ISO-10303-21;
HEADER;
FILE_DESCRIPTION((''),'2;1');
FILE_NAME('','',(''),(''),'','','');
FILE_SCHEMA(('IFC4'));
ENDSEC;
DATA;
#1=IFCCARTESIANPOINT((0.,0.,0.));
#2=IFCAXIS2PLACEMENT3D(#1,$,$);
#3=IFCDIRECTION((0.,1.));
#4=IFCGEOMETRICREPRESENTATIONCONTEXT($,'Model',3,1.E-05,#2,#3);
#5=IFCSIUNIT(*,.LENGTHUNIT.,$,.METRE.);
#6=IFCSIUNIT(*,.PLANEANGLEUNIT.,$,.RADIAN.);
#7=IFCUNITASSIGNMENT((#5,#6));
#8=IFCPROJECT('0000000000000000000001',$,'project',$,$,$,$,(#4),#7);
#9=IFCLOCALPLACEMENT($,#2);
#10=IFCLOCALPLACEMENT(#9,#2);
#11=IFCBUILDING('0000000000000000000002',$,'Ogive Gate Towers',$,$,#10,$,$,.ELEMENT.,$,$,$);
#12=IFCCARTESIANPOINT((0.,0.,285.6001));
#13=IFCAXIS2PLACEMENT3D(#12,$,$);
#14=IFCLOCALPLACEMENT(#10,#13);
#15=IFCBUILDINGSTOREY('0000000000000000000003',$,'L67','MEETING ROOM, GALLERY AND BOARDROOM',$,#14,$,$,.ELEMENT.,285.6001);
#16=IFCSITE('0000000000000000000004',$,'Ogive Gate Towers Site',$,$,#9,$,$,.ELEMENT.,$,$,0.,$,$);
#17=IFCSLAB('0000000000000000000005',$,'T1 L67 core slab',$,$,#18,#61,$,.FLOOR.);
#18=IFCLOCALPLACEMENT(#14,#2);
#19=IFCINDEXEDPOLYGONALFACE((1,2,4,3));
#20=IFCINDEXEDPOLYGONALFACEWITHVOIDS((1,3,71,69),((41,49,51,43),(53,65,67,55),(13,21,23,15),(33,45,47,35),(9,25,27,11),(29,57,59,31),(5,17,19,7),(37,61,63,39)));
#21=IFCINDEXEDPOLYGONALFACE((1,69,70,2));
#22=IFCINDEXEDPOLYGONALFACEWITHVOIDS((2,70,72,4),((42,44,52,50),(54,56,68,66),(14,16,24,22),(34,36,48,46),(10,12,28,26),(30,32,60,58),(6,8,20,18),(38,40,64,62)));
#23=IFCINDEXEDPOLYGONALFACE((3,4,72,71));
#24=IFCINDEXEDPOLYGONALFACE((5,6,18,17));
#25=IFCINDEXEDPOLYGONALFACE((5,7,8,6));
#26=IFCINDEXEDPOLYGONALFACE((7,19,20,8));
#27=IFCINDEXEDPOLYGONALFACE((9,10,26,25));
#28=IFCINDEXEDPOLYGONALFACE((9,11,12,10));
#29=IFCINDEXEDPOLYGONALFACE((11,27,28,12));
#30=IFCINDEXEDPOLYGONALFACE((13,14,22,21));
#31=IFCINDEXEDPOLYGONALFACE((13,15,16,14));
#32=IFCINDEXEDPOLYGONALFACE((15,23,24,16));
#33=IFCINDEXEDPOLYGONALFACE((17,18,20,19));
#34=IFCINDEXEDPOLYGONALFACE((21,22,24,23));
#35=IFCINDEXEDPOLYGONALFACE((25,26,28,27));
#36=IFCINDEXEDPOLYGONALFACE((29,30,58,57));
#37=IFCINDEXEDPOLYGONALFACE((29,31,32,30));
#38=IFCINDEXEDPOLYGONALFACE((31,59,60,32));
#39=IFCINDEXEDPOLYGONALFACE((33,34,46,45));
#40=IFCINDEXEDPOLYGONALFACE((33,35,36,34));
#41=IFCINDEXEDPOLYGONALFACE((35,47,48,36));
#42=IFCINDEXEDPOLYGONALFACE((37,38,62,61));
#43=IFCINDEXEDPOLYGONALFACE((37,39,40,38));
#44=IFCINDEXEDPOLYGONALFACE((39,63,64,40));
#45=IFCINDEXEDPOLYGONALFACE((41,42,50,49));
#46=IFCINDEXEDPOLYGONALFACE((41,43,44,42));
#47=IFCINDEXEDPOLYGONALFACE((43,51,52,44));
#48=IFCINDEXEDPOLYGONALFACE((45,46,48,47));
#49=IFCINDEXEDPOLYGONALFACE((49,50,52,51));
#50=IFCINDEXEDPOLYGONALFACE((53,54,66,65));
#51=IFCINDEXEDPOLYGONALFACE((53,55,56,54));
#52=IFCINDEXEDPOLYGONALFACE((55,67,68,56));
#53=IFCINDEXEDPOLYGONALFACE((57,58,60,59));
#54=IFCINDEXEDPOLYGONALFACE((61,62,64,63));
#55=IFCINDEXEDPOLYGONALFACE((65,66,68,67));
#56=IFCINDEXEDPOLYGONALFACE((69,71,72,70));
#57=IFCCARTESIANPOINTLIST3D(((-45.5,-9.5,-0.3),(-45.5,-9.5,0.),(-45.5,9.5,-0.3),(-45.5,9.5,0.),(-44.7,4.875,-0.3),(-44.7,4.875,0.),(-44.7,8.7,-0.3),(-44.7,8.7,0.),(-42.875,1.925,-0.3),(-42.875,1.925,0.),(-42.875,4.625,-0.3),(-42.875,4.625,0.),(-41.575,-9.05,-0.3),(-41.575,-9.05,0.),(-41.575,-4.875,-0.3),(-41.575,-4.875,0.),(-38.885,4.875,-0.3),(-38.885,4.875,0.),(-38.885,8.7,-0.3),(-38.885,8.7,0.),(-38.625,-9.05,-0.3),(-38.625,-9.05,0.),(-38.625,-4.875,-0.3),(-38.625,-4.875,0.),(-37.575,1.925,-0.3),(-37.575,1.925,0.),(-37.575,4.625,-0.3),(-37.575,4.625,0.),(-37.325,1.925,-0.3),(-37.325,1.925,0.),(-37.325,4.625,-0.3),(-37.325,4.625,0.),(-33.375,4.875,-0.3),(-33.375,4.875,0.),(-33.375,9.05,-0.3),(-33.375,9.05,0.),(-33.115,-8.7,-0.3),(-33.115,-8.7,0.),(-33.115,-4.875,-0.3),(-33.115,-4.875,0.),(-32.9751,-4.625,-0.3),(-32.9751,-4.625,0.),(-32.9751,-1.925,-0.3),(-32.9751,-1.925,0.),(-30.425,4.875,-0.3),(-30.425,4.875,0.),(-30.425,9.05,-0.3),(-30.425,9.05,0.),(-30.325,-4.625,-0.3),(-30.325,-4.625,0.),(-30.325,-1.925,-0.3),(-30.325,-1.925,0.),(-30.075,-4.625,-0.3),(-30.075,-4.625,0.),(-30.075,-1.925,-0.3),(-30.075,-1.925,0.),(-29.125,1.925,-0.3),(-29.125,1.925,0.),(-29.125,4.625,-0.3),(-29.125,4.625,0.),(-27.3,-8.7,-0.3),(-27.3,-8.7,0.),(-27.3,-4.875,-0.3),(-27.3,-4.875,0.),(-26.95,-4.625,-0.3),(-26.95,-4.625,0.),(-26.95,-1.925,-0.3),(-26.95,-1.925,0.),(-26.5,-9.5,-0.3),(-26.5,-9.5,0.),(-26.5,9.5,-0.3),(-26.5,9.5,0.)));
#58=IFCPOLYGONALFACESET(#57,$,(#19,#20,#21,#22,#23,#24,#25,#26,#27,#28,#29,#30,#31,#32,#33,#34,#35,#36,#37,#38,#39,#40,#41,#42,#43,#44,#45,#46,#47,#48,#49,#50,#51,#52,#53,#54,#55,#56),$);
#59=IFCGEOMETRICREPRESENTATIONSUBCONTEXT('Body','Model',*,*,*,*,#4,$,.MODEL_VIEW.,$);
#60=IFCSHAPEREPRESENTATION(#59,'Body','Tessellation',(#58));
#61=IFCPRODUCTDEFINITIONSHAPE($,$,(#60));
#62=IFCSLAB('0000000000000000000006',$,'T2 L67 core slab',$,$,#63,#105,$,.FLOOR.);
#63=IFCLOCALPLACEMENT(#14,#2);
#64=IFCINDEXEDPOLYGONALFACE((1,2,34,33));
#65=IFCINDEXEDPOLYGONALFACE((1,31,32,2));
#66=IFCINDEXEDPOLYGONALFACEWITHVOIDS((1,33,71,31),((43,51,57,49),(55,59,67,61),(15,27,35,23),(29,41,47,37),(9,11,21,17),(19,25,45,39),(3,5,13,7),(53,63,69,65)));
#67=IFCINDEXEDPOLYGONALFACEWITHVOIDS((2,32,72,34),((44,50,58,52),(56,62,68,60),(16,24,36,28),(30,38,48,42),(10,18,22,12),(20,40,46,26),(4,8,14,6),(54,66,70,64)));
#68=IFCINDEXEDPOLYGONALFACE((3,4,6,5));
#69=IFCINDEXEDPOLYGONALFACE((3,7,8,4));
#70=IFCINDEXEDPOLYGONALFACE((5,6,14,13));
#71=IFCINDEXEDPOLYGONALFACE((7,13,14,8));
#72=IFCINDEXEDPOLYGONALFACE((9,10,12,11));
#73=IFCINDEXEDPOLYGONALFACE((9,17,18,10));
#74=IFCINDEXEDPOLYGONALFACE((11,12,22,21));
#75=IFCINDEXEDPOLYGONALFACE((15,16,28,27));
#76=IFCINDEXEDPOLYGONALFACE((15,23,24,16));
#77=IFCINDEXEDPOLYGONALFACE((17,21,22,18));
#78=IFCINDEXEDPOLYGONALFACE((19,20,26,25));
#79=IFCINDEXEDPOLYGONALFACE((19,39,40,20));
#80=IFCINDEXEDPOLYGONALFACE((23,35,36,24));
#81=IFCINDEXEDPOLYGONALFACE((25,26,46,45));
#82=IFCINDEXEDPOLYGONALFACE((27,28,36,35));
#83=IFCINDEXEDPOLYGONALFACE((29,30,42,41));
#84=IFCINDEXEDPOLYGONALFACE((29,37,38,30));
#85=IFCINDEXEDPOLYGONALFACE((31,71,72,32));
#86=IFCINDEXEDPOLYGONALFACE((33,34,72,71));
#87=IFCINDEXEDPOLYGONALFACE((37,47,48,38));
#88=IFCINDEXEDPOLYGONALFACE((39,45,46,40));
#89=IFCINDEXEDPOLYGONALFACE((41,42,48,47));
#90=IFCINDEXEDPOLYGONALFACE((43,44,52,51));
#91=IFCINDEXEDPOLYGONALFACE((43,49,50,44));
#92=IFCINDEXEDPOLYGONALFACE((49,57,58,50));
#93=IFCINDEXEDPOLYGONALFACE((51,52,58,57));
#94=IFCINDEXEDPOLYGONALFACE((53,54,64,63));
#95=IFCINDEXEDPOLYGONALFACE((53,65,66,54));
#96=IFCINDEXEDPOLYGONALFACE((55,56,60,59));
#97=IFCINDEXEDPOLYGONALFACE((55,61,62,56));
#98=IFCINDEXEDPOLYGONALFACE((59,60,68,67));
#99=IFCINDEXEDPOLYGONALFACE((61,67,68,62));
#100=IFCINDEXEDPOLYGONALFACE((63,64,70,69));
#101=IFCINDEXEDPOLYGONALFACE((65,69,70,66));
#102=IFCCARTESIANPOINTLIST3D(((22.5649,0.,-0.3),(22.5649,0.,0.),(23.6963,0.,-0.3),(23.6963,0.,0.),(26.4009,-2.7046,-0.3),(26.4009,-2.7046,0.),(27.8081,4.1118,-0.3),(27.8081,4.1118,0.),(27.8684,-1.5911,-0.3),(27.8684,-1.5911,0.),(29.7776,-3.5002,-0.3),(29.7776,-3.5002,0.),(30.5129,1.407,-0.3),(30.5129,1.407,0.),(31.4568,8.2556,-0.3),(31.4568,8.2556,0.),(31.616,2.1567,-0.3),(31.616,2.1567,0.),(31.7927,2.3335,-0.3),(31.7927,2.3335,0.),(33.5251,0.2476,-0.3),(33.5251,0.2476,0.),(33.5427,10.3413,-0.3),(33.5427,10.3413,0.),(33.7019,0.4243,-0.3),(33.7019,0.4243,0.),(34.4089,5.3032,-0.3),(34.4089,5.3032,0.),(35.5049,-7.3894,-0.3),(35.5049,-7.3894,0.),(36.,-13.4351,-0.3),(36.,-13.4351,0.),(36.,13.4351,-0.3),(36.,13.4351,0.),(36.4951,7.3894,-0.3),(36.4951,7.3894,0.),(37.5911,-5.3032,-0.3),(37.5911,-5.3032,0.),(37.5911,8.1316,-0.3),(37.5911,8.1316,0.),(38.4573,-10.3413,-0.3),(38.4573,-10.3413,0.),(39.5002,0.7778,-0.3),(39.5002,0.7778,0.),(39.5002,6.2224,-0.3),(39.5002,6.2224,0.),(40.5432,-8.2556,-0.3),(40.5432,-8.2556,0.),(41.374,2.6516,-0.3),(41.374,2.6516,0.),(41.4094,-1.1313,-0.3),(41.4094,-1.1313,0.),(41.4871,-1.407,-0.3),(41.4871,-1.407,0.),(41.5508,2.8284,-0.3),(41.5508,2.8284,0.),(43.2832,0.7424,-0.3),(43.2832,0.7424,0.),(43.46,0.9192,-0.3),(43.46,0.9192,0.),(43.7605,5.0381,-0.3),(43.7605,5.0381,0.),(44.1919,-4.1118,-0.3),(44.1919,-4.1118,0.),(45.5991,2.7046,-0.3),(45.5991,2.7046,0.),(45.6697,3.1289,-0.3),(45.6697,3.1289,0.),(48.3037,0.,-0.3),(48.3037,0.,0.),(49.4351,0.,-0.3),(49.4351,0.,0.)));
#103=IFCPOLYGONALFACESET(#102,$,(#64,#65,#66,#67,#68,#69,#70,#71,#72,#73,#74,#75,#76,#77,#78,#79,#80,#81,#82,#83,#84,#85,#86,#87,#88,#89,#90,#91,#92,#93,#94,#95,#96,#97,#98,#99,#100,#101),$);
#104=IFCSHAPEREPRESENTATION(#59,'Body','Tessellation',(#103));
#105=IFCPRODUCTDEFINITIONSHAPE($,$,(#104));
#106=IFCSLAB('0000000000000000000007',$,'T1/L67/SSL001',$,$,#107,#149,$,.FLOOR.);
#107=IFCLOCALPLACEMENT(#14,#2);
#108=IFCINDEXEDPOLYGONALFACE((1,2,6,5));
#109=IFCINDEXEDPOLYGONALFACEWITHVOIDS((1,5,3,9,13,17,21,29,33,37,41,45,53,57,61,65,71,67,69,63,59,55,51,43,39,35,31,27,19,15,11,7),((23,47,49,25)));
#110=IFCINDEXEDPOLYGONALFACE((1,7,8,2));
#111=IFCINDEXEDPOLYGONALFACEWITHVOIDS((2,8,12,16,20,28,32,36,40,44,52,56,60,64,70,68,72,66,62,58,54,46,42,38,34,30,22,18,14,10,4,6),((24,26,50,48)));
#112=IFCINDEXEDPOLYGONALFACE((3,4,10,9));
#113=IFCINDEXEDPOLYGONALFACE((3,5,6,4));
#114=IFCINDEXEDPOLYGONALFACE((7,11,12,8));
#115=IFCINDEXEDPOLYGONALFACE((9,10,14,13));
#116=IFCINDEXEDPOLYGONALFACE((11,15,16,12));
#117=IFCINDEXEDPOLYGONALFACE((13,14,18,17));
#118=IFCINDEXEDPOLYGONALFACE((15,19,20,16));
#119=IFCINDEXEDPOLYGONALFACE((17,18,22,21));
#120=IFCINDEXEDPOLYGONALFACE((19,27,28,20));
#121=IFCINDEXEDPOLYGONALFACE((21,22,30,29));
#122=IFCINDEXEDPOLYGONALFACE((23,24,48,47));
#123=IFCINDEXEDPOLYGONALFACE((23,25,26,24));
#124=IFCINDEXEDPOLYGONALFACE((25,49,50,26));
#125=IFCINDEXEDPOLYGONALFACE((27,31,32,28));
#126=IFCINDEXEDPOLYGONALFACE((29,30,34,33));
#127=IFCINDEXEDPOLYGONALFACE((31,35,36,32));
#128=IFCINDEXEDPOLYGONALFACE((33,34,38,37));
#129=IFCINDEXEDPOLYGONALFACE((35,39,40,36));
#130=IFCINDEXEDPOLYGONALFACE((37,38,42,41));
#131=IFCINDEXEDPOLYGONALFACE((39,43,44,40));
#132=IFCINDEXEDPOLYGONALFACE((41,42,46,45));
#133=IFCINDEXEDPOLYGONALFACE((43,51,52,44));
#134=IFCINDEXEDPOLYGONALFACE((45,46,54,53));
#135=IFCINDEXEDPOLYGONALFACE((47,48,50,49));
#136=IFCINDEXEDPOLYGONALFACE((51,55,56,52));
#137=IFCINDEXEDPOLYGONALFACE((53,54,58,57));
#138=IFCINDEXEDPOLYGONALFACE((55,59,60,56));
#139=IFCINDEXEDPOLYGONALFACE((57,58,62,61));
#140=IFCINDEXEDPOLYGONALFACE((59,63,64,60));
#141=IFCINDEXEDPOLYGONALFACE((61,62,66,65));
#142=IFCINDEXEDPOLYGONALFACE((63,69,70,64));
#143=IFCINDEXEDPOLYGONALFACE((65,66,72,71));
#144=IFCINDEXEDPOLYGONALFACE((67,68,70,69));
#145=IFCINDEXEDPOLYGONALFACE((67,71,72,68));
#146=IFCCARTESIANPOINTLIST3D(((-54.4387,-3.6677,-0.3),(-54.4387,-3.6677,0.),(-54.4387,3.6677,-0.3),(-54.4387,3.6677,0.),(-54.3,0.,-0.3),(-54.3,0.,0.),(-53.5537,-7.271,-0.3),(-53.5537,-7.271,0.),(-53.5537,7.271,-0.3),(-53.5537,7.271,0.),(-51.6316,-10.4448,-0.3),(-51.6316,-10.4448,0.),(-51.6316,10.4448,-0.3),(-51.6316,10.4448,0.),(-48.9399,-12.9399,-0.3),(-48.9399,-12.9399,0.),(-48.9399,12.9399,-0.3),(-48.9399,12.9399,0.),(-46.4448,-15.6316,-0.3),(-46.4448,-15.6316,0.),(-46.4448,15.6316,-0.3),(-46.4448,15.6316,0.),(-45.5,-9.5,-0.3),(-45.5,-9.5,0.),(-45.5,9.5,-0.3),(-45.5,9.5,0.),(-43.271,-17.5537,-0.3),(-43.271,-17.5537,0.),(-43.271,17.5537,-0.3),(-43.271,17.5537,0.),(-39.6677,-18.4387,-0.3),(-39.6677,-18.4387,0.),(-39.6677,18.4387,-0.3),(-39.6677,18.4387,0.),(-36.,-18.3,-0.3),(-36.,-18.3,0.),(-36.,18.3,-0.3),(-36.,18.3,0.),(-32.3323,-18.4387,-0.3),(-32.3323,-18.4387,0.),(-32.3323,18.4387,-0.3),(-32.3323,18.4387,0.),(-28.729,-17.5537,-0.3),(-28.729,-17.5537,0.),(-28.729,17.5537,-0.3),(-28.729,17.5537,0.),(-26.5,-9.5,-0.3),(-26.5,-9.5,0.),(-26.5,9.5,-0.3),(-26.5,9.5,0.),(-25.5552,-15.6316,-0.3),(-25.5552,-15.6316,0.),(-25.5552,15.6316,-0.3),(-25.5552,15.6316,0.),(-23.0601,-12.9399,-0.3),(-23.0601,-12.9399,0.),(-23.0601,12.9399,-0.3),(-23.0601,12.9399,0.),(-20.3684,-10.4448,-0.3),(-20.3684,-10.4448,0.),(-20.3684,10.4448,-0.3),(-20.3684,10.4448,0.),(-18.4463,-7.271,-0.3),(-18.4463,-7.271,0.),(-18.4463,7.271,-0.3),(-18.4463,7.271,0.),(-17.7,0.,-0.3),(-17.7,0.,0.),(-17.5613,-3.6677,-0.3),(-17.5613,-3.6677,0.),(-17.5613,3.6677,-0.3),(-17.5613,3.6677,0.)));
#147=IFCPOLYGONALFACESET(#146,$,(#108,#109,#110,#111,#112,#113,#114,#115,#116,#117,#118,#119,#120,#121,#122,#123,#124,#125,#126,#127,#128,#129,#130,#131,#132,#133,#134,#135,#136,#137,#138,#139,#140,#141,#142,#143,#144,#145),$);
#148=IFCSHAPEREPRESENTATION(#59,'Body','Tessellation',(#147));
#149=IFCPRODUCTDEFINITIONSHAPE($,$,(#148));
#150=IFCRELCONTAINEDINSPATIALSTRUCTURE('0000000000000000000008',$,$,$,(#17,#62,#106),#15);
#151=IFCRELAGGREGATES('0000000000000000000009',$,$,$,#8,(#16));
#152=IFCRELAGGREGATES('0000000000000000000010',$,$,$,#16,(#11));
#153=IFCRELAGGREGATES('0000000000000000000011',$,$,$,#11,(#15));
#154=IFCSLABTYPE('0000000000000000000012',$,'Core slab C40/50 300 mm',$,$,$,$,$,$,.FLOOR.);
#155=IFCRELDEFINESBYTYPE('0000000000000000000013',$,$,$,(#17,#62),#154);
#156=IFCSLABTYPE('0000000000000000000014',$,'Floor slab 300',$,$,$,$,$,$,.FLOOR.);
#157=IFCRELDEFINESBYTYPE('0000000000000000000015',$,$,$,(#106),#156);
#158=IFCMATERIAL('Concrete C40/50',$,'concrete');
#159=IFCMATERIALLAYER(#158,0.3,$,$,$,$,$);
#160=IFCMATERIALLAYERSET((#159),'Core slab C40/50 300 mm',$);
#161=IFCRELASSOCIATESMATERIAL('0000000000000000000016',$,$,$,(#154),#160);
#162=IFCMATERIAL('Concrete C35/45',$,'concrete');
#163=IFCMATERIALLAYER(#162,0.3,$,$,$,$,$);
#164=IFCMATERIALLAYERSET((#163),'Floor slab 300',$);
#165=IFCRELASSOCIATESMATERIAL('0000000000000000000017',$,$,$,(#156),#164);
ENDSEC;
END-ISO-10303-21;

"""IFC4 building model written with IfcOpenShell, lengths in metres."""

from ifc_helpers import new_model, si_unit, direction, frame, origin, place, context, subcontext, project, spatial, polyline, outline, extrude, material, layer, layer_set, type_object, element, save


model = new_model("IFC4")

# Units and contexts
model_context = context("Model", 3, precision=1e-05, world=origin(), true_north=direction((0.0, 1.0)))
body_context = subcontext(model_context, "Body", "Model", "MODEL_VIEW")
ifc_project = project(units=[si_unit("LENGTHUNIT", "METRE"), si_unit("PLANEANGLEUNIT", "RADIAN")], contexts=[model_context])

# Site, building, storey
site_placement = place(None, origin())
site = spatial("IfcSite", under=ifc_project, at=site_placement, Name="Ogive Gate Towers Site", CompositionType="ELEMENT", RefElevation=0.0)
building_placement = place(site_placement, origin())
building = spatial("IfcBuilding", under=site, at=building_placement, Name="Ogive Gate Towers", CompositionType="ELEMENT")
storey_placement = place(building_placement, frame((0.0, 0.0, 285.6001)))
storey = spatial("IfcBuildingStorey", under=building, at=storey_placement, Name="L67", Description="MEETING ROOM, GALLERY AND BOARDROOM", CompositionType="ELEMENT", Elevation=285.6001)

# Slabs
ifc_material_1 = material(Name="Concrete C40/50", Category="concrete")
ifc_layer_1 = layer(ifc_material_1, 0.3)
ifc_layer_set_1 = layer_set([ifc_layer_1], Name="Core slab C40/50 300 mm")
slab_type_1 = type_object("IfcSlabType", Name="Core slab C40/50 300 mm", PredefinedType="FLOOR", material=ifc_layer_set_1)
slab_1_placement = place(storey_placement, frame((0.0, 0.0, -0.3)))
element("IfcSlab", 1, at=slab_1_placement, inside=storey, type_object=slab_type_1, Name="T1 L67 core slab", PredefinedType="FLOOR", context=body_context, shape_type="SweptSolid", body=[
    extrude(outline(polyline([(-45.5, -9.5), (-45.5, 9.5), (-26.5, 9.5), (-26.5, -9.5), (-45.5, -9.5)]), holes=[polyline([(-42.875, 1.925), (-37.575, 1.925), (-37.575, 4.625), (-42.875, 4.625), (-42.875, 1.925)]), polyline([(-37.325, 4.625), (-37.325, 1.925), (-29.125, 1.925), (-29.125, 4.625), (-37.325, 4.625)]), polyline([(-30.325, -1.925), (-32.9751, -1.925), (-32.9751, -4.625), (-30.325, -4.625), (-30.325, -1.925)]), polyline([(-26.95, -4.625), (-26.95, -1.925), (-30.075, -1.925), (-30.075, -4.625), (-26.95, -4.625)]), polyline([(-33.375, 4.875), (-30.425, 4.875), (-30.425, 9.05), (-33.375, 9.05), (-33.375, 4.875)]), polyline([(-41.575, -4.875), (-41.575, -9.05), (-38.625, -9.05), (-38.625, -4.875), (-41.575, -4.875)]), polyline([(-44.7, 4.875), (-38.885, 4.875), (-38.885, 8.7), (-44.7, 8.7), (-44.7, 4.875)]), polyline([(-27.3, -8.7), (-27.3, -4.875), (-33.115, -4.875), (-33.115, -8.7), (-27.3, -8.7)])]), origin(), (0.0, 0.0, 1.0), 0.3),
])
slab_2_placement = place(storey_placement, frame((0.0, 0.0, -0.3)))
element("IfcSlab", 2, at=slab_2_placement, inside=storey, type_object=slab_type_1, Name="T2 L67 core slab", PredefinedType="FLOOR", context=body_context, shape_type="SweptSolid", body=[
    extrude(outline(polyline([(36.0, -13.4351), (22.5649, 0.0), (36.0, 13.4351), (49.4351, 0.0), (36.0, -13.4351)]), holes=[polyline([(29.7776, -3.5002), (33.5251, 0.2476), (31.616, 2.1567), (27.8684, -1.5911), (29.7776, -3.5002)]), polyline([(31.7927, 2.3335), (33.7019, 0.4243), (39.5002, 6.2224), (37.5911, 8.1316), (31.7927, 2.3335)]), polyline([(41.374, 2.6516), (39.5002, 0.7778), (41.4094, -1.1313), (43.2832, 0.7424), (41.374, 2.6516)]), polyline([(45.6697, 3.1289), (43.7605, 5.0381), (41.5508, 2.8284), (43.46, 0.9192), (45.6697, 3.1289)]), polyline([(34.4089, 5.3032), (36.4951, 7.3894), (33.5427, 10.3413), (31.4568, 8.2556), (34.4089, 5.3032)]), polyline([(35.5049, -7.3894), (38.4573, -10.3413), (40.5432, -8.2556), (37.5911, -5.3032), (35.5049, -7.3894)]), polyline([(26.4009, -2.7046), (30.5129, 1.407), (27.8081, 4.1118), (23.6963, 0.0), (26.4009, -2.7046)]), polyline([(48.3037, 0.0), (45.5991, 2.7046), (41.4871, -1.407), (44.1919, -4.1118), (48.3037, 0.0)])]), origin(), (0.0, 0.0, 1.0), 0.3),
])
ifc_material_2 = material(Name="Concrete C35/45", Category="concrete")
ifc_layer_2 = layer(ifc_material_2, 0.3)
ifc_layer_set_2 = layer_set([ifc_layer_2], Name="Floor slab 300")
slab_type_2 = type_object("IfcSlabType", Name="Floor slab 300", PredefinedType="FLOOR", material=ifc_layer_set_2)
slab_3_placement = place(storey_placement, frame((0.0, 0.0, -0.3)))
element("IfcSlab", 3, at=slab_3_placement, inside=storey, type_object=slab_type_2, Name="T1/L67/SSL001", PredefinedType="FLOOR", context=body_context, shape_type="SweptSolid", body=[
    extrude(outline(polyline([(-17.5613, -3.6677), (-17.7, 0.0), (-17.5613, 3.6677), (-18.4463, 7.271), (-20.3684, 10.4448), (-23.0601, 12.9399), (-25.5552, 15.6316), (-28.729, 17.5537), (-32.3323, 18.4387), (-36.0, 18.3), (-39.6677, 18.4387), (-43.271, 17.5537), (-46.4448, 15.6316), (-48.9399, 12.9399), (-51.6316, 10.4448), (-53.5537, 7.271), (-54.4387, 3.6677), (-54.3, 0.0), (-54.4387, -3.6677), (-53.5537, -7.271), (-51.6316, -10.4448), (-48.9399, -12.9399), (-46.4448, -15.6316), (-43.271, -17.5537), (-39.6677, -18.4387), (-36.0, -18.3), (-32.3323, -18.4387), (-28.729, -17.5537), (-25.5552, -15.6316), (-23.0601, -12.9399), (-20.3684, -10.4448), (-18.4463, -7.271), (-17.5613, -3.6677)]), holes=[polyline([(-26.5, -9.5), (-45.5, -9.5), (-45.5, 9.5), (-26.5, 9.5), (-26.5, -9.5)])]), origin(), (0.0, 0.0, 1.0), 0.3),
])

save(model, "model.ifc")
